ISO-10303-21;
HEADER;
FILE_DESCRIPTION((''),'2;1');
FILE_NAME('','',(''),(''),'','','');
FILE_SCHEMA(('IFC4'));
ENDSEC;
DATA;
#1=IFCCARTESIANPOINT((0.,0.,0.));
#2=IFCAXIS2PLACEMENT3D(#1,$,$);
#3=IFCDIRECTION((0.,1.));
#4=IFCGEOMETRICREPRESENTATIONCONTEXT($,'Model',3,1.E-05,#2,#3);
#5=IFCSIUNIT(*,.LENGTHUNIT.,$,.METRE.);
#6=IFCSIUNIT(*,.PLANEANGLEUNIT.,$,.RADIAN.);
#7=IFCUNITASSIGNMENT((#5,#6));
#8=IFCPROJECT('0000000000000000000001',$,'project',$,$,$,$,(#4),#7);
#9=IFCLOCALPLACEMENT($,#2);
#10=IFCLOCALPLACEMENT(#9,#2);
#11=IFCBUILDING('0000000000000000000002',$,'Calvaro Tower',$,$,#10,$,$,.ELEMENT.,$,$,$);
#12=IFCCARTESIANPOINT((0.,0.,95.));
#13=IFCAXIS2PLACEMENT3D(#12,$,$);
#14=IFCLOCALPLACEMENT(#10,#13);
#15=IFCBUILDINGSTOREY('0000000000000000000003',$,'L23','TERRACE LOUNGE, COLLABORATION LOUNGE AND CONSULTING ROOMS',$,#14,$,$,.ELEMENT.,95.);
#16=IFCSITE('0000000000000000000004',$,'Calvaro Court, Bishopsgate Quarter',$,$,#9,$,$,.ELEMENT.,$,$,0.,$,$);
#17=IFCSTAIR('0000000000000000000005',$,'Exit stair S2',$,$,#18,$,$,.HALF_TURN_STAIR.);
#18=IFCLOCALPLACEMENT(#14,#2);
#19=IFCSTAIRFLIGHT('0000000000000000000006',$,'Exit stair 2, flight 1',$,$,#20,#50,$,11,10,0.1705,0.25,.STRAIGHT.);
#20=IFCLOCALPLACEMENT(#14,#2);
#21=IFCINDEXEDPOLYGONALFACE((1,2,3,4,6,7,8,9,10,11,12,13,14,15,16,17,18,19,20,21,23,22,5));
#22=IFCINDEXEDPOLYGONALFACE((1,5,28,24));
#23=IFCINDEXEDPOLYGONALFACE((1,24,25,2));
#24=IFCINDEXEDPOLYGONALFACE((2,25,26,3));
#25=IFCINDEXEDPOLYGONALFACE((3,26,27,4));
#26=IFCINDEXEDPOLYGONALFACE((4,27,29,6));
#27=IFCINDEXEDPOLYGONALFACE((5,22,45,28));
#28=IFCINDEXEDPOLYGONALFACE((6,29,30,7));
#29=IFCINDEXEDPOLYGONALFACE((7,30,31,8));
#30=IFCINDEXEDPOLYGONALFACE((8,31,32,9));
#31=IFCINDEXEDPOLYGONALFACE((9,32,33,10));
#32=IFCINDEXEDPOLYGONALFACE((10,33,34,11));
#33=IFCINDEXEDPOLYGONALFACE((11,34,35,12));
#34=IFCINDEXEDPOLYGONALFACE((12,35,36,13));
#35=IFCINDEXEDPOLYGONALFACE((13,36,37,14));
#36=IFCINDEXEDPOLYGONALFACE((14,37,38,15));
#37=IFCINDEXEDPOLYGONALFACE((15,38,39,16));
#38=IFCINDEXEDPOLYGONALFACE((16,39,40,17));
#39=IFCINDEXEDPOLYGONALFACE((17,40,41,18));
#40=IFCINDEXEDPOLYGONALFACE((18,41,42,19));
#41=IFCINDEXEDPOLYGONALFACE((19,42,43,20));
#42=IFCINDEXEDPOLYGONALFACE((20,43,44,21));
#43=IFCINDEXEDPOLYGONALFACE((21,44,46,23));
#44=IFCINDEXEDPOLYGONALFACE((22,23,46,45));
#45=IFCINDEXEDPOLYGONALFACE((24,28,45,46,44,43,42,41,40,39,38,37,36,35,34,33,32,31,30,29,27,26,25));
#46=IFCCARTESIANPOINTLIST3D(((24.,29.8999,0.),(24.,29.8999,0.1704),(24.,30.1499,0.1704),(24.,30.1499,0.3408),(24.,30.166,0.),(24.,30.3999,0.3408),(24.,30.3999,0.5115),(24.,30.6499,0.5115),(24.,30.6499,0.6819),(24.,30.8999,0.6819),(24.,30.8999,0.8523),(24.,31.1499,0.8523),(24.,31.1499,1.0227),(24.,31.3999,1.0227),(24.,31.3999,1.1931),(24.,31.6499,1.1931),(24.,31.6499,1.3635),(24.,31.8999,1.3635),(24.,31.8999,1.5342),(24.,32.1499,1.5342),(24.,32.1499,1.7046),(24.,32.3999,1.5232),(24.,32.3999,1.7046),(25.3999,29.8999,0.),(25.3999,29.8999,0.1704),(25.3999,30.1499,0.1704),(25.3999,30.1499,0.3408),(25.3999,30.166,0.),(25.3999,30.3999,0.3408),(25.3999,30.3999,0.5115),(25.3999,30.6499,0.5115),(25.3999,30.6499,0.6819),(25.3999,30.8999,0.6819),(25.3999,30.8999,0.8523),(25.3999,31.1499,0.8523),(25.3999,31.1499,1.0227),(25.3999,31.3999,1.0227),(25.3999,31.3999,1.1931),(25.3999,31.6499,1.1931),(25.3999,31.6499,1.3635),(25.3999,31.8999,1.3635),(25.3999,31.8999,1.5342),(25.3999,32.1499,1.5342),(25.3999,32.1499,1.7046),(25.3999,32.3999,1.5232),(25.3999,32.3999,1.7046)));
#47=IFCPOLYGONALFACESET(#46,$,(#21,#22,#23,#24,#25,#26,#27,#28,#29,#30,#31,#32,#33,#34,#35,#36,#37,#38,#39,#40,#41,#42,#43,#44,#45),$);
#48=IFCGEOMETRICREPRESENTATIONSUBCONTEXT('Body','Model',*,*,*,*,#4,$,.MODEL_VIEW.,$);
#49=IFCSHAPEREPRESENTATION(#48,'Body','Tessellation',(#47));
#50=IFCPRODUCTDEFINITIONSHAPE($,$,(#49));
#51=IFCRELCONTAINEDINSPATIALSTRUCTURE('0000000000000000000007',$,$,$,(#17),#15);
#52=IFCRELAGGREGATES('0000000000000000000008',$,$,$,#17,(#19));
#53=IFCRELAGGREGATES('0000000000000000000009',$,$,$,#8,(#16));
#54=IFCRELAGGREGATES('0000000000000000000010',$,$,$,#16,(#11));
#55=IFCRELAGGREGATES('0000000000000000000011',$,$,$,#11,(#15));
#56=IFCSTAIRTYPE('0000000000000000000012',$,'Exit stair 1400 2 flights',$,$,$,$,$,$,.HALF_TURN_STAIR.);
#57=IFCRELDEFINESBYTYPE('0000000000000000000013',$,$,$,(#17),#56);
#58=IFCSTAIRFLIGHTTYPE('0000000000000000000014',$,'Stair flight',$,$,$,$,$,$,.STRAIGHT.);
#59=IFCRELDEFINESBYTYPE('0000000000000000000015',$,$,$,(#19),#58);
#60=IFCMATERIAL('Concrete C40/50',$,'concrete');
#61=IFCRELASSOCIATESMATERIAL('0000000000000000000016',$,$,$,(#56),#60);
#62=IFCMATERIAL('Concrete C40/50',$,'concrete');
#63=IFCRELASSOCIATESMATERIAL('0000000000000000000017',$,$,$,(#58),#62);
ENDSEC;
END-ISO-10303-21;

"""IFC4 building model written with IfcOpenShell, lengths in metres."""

from ifc_helpers import new_model, si_unit, direction, frame, origin, place, context, subcontext, project, spatial, polyline, outline, extrude, material, type_object, element, aggregate, save


model = new_model("IFC4")

# Units and contexts
model_context = context("Model", 3, precision=1e-05, world=origin(), true_north=direction((0.0, 1.0)))
body_context = subcontext(model_context, "Body", "Model", "MODEL_VIEW")
ifc_project = project(units=[si_unit("LENGTHUNIT", "METRE"), si_unit("PLANEANGLEUNIT", "RADIAN")], contexts=[model_context])

# Site, building, storey
site_placement = place(None, origin())
site = spatial("IfcSite", under=ifc_project, at=site_placement, Name="Calvaro Court, Bishopsgate Quarter", CompositionType="ELEMENT", RefElevation=0.0)
building_placement = place(site_placement, origin())
building = spatial("IfcBuilding", under=site, at=building_placement, Name="Calvaro Tower", CompositionType="ELEMENT")
storey_placement = place(building_placement, frame((0.0, 0.0, 95.0)))
storey = spatial("IfcBuildingStorey", under=building, at=storey_placement, Name="L23", Description="TERRACE LOUNGE, COLLABORATION LOUNGE AND CONSULTING ROOMS", CompositionType="ELEMENT", Elevation=95.0)

# Stair, stair flight
ifc_material_1 = material(Name="Concrete C40/50", Category="concrete")
stair_type = type_object("IfcStairType", Name="Exit stair 1400 2 flights", PredefinedType="HALF_TURN_STAIR", material=ifc_material_1)
stair_placement = place(storey_placement, origin())
stair = element("IfcStair", 1, at=stair_placement, inside=storey, type_object=stair_type, Name="Exit stair S2", PredefinedType="HALF_TURN_STAIR")
ifc_material_2 = material(Name="Concrete C40/50", Category="concrete")
stair_flight_type = type_object("IfcStairFlightType", Name="Stair flight", PredefinedType="STRAIGHT", material=ifc_material_2)
stair_flight_placement = place(storey_placement, frame((24.7, 29.8999, 0.0), z_axis=(0.0, 0.0, 1.0), x_axis=(0.0, 1.0, 0.0)))
stair_flight = element("IfcStairFlight", 2, at=stair_flight_placement, type_object=stair_flight_type, Name="Exit stair 2, flight 1", NumberOfRisers=11, NumberOfTreads=10, PredefinedType="STRAIGHT", RiserHeight=0.1705, TreadLength=0.25, context=body_context, shape_type="SweptSolid", body=[
    extrude(outline(polyline([(0.0, 0.0), (0.0, 0.1704), (0.25, 0.1704), (0.25, 0.3408), (0.5, 0.3408), (0.5, 0.5115), (0.75, 0.5115), (0.75, 0.6819), (1.0, 0.6819), (1.0, 0.8523), (1.25, 0.8523), (1.25, 1.0227), (1.5, 1.0227), (1.5, 1.1931), (1.75, 1.1931), (1.75, 1.3635), (2.0, 1.3635), (2.0, 1.5342), (2.25, 1.5342), (2.25, 1.7046), (2.5, 1.7046), (2.5, 1.875), (2.5, 1.5232), (0.2661, 0.0), (0.0, 0.0)])), frame((0.0, 0.7, 0.0), z_axis=(0.0, -1.0, 0.0), x_axis=(1.0, 0.0, 0.0)), (0.0, 0.0, 1.0), 1.3999),
])
aggregate(stair, [stair_flight])

save(model, "model.ifc")
